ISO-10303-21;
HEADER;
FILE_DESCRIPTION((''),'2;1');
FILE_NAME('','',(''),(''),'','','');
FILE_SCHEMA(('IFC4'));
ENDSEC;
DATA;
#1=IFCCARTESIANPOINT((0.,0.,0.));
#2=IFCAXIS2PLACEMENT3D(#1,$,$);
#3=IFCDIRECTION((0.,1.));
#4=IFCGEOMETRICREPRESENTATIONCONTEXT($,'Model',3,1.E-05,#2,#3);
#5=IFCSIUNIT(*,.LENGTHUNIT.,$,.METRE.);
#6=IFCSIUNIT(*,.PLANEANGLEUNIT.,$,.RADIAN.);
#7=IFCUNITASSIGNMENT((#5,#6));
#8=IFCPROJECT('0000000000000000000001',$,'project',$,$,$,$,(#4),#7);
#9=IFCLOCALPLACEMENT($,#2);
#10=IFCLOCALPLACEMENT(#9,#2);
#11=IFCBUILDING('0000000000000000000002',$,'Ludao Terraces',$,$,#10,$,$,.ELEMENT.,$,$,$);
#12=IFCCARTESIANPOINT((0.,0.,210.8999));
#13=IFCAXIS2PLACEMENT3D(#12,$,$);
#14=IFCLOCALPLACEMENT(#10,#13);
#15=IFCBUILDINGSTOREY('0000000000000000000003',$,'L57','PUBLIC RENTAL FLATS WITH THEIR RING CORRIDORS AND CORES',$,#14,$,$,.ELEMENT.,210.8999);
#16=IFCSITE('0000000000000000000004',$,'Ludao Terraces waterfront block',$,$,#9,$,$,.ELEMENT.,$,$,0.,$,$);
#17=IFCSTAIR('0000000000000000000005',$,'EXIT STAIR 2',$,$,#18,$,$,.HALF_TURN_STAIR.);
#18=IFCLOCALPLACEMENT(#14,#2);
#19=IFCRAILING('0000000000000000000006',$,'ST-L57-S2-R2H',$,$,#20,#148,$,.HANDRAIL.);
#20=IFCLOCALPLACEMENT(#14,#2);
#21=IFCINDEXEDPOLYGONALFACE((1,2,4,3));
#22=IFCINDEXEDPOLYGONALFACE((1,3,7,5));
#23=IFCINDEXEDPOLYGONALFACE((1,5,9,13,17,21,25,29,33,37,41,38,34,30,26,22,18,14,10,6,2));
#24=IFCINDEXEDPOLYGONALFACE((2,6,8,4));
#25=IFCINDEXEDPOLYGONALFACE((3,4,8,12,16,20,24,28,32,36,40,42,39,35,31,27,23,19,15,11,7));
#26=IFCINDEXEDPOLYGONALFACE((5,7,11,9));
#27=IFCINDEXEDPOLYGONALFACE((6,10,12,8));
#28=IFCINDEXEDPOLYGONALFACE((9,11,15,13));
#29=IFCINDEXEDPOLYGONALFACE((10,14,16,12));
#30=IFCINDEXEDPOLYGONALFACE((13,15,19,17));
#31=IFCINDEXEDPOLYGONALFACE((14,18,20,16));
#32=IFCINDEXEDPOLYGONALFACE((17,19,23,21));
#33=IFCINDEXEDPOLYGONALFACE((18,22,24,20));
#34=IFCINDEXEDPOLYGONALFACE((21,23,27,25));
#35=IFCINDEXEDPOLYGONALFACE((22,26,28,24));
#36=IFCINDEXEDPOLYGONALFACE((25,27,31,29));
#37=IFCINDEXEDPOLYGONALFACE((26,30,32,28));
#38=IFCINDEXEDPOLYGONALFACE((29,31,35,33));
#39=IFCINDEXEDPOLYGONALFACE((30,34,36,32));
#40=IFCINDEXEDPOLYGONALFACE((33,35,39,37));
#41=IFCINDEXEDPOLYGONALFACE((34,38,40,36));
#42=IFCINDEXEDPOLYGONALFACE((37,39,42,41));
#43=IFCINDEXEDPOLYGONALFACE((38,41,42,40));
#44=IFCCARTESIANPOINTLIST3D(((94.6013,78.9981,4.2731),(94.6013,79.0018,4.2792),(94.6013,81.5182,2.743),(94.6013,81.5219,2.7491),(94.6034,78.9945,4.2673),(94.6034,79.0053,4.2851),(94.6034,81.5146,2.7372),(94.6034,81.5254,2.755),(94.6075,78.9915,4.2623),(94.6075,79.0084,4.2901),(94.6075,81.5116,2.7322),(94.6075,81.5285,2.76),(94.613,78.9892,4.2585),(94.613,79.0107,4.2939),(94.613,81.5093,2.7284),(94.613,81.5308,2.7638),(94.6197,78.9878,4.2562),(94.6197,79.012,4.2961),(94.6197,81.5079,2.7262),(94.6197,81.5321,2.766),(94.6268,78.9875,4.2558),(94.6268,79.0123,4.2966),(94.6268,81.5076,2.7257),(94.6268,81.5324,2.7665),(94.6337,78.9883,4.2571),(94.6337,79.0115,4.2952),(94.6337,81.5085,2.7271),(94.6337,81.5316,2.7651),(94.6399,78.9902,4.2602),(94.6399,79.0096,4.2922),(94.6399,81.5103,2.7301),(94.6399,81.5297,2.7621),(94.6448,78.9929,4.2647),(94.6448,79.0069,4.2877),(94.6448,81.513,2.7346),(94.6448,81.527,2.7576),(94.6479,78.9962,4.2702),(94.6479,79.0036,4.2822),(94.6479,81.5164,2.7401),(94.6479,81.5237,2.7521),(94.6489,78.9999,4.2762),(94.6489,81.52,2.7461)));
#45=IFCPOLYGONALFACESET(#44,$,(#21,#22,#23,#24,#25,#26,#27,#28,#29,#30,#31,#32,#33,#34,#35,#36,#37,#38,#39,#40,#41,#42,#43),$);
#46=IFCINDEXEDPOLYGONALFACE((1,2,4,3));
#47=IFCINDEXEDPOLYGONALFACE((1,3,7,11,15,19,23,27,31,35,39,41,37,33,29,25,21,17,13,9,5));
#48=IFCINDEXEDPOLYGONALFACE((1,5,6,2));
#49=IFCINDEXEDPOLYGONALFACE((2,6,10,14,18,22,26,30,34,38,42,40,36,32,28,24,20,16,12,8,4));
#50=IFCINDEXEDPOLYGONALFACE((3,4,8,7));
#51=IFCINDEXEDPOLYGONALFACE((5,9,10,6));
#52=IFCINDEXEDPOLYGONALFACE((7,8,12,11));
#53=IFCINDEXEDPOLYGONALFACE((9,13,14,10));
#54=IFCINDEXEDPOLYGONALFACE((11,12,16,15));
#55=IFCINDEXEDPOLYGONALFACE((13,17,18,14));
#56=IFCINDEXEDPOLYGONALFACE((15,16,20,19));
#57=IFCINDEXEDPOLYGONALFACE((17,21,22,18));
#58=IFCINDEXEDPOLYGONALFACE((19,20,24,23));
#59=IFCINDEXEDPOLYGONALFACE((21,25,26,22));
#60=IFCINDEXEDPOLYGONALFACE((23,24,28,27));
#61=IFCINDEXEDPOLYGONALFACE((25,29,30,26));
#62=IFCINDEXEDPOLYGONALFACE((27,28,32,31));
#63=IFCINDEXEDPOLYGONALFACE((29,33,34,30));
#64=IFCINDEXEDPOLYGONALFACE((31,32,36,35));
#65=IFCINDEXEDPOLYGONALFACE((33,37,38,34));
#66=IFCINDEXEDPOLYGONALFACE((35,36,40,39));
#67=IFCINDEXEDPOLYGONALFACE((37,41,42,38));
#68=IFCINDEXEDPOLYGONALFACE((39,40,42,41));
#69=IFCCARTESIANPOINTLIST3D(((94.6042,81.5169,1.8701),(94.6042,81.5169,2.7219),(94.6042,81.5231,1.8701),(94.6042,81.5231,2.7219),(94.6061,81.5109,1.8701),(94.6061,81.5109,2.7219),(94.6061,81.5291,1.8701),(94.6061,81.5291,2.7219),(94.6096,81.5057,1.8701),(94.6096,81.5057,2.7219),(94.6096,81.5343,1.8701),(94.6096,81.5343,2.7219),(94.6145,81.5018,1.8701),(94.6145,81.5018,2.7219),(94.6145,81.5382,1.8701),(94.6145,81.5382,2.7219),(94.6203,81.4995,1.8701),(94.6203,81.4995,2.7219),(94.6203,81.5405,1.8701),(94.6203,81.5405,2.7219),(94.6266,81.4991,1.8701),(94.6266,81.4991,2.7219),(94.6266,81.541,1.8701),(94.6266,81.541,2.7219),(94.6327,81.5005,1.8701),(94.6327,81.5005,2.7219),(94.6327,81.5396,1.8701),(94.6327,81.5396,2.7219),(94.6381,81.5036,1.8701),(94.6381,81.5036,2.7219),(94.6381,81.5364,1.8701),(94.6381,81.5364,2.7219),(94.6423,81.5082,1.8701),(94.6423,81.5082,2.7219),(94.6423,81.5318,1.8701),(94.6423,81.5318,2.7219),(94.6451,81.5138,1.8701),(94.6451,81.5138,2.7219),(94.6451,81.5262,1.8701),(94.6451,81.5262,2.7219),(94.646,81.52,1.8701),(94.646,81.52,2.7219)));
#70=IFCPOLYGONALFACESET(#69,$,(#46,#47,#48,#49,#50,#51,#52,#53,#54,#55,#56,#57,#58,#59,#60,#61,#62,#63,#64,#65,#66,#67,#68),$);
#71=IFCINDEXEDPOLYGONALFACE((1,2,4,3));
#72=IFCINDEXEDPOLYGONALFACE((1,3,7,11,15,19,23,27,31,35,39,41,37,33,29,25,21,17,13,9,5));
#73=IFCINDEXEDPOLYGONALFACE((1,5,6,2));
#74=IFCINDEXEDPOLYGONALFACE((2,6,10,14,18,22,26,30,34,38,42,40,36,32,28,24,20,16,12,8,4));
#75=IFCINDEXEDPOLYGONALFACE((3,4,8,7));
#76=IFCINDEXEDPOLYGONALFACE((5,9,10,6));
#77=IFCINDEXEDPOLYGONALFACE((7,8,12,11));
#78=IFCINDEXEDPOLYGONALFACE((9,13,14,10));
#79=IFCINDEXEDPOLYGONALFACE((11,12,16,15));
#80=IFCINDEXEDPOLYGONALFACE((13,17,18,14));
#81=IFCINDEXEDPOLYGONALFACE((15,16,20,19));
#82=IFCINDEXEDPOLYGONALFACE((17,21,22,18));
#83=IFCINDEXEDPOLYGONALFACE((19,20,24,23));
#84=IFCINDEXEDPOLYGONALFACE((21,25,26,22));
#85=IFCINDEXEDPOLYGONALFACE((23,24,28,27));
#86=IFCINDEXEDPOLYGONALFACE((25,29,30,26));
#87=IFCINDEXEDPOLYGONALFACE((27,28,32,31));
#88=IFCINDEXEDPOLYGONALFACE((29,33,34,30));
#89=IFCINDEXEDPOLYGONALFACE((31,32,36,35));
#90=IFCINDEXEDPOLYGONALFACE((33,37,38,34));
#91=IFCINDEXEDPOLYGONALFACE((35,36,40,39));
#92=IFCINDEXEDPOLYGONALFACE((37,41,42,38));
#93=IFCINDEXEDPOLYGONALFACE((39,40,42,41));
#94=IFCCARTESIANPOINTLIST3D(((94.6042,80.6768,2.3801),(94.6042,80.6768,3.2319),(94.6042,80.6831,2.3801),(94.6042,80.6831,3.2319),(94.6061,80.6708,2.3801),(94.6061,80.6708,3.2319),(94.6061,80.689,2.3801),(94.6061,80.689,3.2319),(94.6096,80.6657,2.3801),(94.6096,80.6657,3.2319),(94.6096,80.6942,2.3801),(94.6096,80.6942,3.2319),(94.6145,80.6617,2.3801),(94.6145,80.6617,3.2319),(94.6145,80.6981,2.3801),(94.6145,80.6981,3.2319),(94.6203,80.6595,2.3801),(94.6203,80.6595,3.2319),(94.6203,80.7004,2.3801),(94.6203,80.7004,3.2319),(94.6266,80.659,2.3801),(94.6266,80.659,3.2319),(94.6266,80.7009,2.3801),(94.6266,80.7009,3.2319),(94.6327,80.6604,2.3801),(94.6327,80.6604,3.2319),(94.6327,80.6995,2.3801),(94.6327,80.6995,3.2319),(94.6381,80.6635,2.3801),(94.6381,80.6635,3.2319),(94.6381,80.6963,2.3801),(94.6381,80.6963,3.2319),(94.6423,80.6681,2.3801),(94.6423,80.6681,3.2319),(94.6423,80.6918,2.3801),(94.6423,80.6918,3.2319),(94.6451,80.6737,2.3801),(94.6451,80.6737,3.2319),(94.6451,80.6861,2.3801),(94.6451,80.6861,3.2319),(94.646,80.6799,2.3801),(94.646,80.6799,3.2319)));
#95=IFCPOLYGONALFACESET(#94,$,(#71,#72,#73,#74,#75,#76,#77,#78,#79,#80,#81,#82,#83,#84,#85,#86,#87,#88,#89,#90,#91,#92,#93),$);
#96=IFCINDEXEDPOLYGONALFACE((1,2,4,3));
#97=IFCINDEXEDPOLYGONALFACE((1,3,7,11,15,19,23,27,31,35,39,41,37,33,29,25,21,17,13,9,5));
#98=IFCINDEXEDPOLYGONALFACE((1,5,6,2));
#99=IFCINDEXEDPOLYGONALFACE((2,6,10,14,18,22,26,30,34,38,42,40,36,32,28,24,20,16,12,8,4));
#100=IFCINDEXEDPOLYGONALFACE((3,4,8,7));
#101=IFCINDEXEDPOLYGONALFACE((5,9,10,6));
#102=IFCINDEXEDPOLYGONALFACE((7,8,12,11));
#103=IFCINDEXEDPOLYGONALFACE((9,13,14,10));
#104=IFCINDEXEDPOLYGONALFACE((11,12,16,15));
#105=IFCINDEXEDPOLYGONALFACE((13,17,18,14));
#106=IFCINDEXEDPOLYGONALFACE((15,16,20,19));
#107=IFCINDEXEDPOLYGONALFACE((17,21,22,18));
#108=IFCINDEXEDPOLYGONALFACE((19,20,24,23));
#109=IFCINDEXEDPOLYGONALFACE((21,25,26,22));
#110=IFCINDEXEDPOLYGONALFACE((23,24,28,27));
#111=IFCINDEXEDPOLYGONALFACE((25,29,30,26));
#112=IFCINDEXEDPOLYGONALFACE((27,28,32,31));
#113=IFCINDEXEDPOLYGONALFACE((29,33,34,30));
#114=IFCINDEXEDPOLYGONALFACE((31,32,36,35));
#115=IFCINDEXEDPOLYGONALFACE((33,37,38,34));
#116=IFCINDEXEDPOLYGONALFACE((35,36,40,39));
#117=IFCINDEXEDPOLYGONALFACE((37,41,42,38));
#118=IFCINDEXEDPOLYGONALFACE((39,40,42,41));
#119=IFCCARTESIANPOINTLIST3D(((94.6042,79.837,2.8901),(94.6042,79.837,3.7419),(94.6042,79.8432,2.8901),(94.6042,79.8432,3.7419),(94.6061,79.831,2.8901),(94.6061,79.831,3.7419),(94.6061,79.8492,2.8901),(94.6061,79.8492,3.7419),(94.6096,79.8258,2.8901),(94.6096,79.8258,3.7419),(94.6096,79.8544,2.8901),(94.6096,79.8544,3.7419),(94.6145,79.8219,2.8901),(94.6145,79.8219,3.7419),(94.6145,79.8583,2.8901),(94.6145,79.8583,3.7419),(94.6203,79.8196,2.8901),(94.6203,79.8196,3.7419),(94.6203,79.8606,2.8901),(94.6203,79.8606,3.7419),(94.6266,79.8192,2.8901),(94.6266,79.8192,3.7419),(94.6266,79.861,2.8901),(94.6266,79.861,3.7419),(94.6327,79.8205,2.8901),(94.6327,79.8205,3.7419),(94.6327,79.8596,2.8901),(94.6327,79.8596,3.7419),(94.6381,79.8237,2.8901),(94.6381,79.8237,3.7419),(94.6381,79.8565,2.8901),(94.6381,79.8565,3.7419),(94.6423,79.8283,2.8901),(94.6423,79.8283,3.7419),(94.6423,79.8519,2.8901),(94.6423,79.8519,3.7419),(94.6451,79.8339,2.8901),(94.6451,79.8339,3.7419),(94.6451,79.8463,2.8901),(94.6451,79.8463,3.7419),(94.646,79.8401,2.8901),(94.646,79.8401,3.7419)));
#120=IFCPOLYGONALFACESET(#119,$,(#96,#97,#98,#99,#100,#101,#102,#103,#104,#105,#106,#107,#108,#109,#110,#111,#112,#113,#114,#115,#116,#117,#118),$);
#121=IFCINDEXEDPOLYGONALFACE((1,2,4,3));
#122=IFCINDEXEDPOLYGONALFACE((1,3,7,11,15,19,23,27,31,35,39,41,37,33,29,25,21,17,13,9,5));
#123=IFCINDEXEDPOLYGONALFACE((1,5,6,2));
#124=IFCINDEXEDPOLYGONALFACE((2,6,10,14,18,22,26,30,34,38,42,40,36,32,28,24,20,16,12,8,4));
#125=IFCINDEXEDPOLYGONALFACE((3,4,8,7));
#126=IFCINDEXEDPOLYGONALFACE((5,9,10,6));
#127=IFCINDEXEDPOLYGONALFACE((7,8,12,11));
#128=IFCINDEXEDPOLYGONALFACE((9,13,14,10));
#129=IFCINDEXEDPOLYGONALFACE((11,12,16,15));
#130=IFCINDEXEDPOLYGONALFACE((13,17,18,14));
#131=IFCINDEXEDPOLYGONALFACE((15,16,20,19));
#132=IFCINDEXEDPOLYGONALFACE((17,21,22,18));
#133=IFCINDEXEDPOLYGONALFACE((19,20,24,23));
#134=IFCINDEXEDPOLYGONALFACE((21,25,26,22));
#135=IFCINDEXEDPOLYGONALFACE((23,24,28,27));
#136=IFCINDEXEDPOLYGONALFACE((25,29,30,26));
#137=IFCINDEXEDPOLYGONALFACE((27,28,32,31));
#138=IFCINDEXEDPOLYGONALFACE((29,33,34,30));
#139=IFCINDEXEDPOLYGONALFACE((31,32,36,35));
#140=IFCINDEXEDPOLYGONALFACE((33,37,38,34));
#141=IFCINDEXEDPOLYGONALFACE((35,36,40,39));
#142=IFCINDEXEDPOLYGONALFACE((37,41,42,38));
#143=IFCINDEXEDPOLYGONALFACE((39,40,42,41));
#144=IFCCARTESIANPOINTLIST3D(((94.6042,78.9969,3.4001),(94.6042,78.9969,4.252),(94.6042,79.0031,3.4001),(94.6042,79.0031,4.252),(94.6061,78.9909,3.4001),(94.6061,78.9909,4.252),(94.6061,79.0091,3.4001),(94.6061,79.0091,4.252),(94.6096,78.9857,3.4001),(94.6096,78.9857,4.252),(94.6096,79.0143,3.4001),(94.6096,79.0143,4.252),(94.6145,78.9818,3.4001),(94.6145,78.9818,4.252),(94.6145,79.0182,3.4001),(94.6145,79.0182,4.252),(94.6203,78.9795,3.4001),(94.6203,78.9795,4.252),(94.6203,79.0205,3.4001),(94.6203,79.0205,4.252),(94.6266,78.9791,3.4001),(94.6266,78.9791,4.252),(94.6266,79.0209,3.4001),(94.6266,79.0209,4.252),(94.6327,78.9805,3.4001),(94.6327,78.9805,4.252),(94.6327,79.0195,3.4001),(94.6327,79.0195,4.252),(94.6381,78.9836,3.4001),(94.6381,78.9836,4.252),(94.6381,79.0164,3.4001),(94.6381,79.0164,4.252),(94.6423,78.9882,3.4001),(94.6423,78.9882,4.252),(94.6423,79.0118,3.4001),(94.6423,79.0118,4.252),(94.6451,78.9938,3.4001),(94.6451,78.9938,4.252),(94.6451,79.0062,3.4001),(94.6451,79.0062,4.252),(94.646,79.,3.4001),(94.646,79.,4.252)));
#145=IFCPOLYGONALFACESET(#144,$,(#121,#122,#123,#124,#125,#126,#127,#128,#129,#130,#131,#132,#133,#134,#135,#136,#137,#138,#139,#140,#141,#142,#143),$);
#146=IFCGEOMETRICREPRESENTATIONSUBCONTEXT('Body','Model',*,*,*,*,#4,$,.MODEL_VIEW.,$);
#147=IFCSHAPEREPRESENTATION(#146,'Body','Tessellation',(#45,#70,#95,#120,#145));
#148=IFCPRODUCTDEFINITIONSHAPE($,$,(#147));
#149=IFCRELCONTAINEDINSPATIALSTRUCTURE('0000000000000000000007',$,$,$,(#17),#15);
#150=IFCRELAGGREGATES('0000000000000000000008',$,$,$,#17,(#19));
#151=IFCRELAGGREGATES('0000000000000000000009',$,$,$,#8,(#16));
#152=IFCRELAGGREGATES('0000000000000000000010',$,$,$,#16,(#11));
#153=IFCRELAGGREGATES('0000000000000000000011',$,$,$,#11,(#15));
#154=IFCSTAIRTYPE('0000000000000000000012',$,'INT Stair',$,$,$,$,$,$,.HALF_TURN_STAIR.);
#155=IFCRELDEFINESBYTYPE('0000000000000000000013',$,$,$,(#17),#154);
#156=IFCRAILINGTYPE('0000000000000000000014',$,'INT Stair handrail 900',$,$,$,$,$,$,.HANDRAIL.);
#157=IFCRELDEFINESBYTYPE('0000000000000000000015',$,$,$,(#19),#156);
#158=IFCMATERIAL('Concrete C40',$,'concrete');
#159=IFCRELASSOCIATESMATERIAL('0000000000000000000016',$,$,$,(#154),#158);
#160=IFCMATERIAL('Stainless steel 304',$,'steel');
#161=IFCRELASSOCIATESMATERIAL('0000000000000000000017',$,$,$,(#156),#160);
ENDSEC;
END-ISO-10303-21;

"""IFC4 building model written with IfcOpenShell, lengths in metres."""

from ifc_helpers import new_model, si_unit, direction, frame, origin, origin_2d, place, context, subcontext, project, spatial, circle, extrude, material, type_object, element, aggregate, save


model = new_model("IFC4")

# Units and contexts
model_context = context("Model", 3, precision=1e-05, world=origin(), true_north=direction((0.0, 1.0)))
body_context = subcontext(model_context, "Body", "Model", "MODEL_VIEW")
ifc_project = project(units=[si_unit("LENGTHUNIT", "METRE"), si_unit("PLANEANGLEUNIT", "RADIAN")], contexts=[model_context])

# Site, building, storey
site_placement = place(None, origin())
site = spatial("IfcSite", under=ifc_project, at=site_placement, Name="Ludao Terraces waterfront block", CompositionType="ELEMENT", RefElevation=0.0)
building_placement = place(site_placement, origin())
building = spatial("IfcBuilding", under=site, at=building_placement, Name="Ludao Terraces", CompositionType="ELEMENT")
storey_placement = place(building_placement, frame((0.0, 0.0, 210.8999)))
storey = spatial("IfcBuildingStorey", under=building, at=storey_placement, Name="L57", Description="PUBLIC RENTAL FLATS WITH THEIR RING CORRIDORS AND CORES", CompositionType="ELEMENT", Elevation=210.8999)

# Stair, railing
ifc_material_1 = material(Name="Concrete C40", Category="concrete")
stair_type = type_object("IfcStairType", Name="INT Stair", PredefinedType="HALF_TURN_STAIR", material=ifc_material_1)
stair_placement = place(storey_placement, origin())
stair = element("IfcStair", 1, at=stair_placement, inside=storey, type_object=stair_type, Name="EXIT STAIR 2", PredefinedType="HALF_TURN_STAIR")
ifc_material_2 = material(Name="Stainless steel 304", Category="steel")
railing_type_1 = type_object("IfcRailingType", Name="INT Stair handrail 900", PredefinedType="HANDRAIL", material=ifc_material_2)
railing_1_placement = place(storey_placement, frame((94.625, 81.52, 1.8701)))
railing_1 = element("IfcRailing", 2, at=railing_1_placement, type_object=railing_type_1, Name="ST-L57-S2-R2H", PredefinedType="HANDRAIL", context=body_context, shape_type="SweptSolid", body=[
    extrude(circle(Radius=0.0239, at=origin_2d()), frame((0.0, 0.0, 0.876), z_axis=(0.0, -0.854785, 0.518982), x_axis=(1.0, 0.0, 0.0)), (0.0, 0.0, 1.0), 2.9482),
    extrude(circle(Radius=0.021, at=origin_2d()), origin(), (0.0, 0.0, 1.0), 0.8518),
    extrude(circle(Radius=0.021, at=origin_2d()), frame((0.0, -0.8401, 0.51)), (0.0, 0.0, 1.0), 0.8518),
    extrude(circle(Radius=0.021, at=origin_2d()), frame((0.0, -1.6799, 1.02)), (0.0, 0.0, 1.0), 0.8518),
    extrude(circle(Radius=0.021, at=origin_2d()), frame((0.0, -2.52, 1.53)), (0.0, 0.0, 1.0), 0.8518),
])
aggregate(stair, [railing_1])

save(model, "model.ifc")
